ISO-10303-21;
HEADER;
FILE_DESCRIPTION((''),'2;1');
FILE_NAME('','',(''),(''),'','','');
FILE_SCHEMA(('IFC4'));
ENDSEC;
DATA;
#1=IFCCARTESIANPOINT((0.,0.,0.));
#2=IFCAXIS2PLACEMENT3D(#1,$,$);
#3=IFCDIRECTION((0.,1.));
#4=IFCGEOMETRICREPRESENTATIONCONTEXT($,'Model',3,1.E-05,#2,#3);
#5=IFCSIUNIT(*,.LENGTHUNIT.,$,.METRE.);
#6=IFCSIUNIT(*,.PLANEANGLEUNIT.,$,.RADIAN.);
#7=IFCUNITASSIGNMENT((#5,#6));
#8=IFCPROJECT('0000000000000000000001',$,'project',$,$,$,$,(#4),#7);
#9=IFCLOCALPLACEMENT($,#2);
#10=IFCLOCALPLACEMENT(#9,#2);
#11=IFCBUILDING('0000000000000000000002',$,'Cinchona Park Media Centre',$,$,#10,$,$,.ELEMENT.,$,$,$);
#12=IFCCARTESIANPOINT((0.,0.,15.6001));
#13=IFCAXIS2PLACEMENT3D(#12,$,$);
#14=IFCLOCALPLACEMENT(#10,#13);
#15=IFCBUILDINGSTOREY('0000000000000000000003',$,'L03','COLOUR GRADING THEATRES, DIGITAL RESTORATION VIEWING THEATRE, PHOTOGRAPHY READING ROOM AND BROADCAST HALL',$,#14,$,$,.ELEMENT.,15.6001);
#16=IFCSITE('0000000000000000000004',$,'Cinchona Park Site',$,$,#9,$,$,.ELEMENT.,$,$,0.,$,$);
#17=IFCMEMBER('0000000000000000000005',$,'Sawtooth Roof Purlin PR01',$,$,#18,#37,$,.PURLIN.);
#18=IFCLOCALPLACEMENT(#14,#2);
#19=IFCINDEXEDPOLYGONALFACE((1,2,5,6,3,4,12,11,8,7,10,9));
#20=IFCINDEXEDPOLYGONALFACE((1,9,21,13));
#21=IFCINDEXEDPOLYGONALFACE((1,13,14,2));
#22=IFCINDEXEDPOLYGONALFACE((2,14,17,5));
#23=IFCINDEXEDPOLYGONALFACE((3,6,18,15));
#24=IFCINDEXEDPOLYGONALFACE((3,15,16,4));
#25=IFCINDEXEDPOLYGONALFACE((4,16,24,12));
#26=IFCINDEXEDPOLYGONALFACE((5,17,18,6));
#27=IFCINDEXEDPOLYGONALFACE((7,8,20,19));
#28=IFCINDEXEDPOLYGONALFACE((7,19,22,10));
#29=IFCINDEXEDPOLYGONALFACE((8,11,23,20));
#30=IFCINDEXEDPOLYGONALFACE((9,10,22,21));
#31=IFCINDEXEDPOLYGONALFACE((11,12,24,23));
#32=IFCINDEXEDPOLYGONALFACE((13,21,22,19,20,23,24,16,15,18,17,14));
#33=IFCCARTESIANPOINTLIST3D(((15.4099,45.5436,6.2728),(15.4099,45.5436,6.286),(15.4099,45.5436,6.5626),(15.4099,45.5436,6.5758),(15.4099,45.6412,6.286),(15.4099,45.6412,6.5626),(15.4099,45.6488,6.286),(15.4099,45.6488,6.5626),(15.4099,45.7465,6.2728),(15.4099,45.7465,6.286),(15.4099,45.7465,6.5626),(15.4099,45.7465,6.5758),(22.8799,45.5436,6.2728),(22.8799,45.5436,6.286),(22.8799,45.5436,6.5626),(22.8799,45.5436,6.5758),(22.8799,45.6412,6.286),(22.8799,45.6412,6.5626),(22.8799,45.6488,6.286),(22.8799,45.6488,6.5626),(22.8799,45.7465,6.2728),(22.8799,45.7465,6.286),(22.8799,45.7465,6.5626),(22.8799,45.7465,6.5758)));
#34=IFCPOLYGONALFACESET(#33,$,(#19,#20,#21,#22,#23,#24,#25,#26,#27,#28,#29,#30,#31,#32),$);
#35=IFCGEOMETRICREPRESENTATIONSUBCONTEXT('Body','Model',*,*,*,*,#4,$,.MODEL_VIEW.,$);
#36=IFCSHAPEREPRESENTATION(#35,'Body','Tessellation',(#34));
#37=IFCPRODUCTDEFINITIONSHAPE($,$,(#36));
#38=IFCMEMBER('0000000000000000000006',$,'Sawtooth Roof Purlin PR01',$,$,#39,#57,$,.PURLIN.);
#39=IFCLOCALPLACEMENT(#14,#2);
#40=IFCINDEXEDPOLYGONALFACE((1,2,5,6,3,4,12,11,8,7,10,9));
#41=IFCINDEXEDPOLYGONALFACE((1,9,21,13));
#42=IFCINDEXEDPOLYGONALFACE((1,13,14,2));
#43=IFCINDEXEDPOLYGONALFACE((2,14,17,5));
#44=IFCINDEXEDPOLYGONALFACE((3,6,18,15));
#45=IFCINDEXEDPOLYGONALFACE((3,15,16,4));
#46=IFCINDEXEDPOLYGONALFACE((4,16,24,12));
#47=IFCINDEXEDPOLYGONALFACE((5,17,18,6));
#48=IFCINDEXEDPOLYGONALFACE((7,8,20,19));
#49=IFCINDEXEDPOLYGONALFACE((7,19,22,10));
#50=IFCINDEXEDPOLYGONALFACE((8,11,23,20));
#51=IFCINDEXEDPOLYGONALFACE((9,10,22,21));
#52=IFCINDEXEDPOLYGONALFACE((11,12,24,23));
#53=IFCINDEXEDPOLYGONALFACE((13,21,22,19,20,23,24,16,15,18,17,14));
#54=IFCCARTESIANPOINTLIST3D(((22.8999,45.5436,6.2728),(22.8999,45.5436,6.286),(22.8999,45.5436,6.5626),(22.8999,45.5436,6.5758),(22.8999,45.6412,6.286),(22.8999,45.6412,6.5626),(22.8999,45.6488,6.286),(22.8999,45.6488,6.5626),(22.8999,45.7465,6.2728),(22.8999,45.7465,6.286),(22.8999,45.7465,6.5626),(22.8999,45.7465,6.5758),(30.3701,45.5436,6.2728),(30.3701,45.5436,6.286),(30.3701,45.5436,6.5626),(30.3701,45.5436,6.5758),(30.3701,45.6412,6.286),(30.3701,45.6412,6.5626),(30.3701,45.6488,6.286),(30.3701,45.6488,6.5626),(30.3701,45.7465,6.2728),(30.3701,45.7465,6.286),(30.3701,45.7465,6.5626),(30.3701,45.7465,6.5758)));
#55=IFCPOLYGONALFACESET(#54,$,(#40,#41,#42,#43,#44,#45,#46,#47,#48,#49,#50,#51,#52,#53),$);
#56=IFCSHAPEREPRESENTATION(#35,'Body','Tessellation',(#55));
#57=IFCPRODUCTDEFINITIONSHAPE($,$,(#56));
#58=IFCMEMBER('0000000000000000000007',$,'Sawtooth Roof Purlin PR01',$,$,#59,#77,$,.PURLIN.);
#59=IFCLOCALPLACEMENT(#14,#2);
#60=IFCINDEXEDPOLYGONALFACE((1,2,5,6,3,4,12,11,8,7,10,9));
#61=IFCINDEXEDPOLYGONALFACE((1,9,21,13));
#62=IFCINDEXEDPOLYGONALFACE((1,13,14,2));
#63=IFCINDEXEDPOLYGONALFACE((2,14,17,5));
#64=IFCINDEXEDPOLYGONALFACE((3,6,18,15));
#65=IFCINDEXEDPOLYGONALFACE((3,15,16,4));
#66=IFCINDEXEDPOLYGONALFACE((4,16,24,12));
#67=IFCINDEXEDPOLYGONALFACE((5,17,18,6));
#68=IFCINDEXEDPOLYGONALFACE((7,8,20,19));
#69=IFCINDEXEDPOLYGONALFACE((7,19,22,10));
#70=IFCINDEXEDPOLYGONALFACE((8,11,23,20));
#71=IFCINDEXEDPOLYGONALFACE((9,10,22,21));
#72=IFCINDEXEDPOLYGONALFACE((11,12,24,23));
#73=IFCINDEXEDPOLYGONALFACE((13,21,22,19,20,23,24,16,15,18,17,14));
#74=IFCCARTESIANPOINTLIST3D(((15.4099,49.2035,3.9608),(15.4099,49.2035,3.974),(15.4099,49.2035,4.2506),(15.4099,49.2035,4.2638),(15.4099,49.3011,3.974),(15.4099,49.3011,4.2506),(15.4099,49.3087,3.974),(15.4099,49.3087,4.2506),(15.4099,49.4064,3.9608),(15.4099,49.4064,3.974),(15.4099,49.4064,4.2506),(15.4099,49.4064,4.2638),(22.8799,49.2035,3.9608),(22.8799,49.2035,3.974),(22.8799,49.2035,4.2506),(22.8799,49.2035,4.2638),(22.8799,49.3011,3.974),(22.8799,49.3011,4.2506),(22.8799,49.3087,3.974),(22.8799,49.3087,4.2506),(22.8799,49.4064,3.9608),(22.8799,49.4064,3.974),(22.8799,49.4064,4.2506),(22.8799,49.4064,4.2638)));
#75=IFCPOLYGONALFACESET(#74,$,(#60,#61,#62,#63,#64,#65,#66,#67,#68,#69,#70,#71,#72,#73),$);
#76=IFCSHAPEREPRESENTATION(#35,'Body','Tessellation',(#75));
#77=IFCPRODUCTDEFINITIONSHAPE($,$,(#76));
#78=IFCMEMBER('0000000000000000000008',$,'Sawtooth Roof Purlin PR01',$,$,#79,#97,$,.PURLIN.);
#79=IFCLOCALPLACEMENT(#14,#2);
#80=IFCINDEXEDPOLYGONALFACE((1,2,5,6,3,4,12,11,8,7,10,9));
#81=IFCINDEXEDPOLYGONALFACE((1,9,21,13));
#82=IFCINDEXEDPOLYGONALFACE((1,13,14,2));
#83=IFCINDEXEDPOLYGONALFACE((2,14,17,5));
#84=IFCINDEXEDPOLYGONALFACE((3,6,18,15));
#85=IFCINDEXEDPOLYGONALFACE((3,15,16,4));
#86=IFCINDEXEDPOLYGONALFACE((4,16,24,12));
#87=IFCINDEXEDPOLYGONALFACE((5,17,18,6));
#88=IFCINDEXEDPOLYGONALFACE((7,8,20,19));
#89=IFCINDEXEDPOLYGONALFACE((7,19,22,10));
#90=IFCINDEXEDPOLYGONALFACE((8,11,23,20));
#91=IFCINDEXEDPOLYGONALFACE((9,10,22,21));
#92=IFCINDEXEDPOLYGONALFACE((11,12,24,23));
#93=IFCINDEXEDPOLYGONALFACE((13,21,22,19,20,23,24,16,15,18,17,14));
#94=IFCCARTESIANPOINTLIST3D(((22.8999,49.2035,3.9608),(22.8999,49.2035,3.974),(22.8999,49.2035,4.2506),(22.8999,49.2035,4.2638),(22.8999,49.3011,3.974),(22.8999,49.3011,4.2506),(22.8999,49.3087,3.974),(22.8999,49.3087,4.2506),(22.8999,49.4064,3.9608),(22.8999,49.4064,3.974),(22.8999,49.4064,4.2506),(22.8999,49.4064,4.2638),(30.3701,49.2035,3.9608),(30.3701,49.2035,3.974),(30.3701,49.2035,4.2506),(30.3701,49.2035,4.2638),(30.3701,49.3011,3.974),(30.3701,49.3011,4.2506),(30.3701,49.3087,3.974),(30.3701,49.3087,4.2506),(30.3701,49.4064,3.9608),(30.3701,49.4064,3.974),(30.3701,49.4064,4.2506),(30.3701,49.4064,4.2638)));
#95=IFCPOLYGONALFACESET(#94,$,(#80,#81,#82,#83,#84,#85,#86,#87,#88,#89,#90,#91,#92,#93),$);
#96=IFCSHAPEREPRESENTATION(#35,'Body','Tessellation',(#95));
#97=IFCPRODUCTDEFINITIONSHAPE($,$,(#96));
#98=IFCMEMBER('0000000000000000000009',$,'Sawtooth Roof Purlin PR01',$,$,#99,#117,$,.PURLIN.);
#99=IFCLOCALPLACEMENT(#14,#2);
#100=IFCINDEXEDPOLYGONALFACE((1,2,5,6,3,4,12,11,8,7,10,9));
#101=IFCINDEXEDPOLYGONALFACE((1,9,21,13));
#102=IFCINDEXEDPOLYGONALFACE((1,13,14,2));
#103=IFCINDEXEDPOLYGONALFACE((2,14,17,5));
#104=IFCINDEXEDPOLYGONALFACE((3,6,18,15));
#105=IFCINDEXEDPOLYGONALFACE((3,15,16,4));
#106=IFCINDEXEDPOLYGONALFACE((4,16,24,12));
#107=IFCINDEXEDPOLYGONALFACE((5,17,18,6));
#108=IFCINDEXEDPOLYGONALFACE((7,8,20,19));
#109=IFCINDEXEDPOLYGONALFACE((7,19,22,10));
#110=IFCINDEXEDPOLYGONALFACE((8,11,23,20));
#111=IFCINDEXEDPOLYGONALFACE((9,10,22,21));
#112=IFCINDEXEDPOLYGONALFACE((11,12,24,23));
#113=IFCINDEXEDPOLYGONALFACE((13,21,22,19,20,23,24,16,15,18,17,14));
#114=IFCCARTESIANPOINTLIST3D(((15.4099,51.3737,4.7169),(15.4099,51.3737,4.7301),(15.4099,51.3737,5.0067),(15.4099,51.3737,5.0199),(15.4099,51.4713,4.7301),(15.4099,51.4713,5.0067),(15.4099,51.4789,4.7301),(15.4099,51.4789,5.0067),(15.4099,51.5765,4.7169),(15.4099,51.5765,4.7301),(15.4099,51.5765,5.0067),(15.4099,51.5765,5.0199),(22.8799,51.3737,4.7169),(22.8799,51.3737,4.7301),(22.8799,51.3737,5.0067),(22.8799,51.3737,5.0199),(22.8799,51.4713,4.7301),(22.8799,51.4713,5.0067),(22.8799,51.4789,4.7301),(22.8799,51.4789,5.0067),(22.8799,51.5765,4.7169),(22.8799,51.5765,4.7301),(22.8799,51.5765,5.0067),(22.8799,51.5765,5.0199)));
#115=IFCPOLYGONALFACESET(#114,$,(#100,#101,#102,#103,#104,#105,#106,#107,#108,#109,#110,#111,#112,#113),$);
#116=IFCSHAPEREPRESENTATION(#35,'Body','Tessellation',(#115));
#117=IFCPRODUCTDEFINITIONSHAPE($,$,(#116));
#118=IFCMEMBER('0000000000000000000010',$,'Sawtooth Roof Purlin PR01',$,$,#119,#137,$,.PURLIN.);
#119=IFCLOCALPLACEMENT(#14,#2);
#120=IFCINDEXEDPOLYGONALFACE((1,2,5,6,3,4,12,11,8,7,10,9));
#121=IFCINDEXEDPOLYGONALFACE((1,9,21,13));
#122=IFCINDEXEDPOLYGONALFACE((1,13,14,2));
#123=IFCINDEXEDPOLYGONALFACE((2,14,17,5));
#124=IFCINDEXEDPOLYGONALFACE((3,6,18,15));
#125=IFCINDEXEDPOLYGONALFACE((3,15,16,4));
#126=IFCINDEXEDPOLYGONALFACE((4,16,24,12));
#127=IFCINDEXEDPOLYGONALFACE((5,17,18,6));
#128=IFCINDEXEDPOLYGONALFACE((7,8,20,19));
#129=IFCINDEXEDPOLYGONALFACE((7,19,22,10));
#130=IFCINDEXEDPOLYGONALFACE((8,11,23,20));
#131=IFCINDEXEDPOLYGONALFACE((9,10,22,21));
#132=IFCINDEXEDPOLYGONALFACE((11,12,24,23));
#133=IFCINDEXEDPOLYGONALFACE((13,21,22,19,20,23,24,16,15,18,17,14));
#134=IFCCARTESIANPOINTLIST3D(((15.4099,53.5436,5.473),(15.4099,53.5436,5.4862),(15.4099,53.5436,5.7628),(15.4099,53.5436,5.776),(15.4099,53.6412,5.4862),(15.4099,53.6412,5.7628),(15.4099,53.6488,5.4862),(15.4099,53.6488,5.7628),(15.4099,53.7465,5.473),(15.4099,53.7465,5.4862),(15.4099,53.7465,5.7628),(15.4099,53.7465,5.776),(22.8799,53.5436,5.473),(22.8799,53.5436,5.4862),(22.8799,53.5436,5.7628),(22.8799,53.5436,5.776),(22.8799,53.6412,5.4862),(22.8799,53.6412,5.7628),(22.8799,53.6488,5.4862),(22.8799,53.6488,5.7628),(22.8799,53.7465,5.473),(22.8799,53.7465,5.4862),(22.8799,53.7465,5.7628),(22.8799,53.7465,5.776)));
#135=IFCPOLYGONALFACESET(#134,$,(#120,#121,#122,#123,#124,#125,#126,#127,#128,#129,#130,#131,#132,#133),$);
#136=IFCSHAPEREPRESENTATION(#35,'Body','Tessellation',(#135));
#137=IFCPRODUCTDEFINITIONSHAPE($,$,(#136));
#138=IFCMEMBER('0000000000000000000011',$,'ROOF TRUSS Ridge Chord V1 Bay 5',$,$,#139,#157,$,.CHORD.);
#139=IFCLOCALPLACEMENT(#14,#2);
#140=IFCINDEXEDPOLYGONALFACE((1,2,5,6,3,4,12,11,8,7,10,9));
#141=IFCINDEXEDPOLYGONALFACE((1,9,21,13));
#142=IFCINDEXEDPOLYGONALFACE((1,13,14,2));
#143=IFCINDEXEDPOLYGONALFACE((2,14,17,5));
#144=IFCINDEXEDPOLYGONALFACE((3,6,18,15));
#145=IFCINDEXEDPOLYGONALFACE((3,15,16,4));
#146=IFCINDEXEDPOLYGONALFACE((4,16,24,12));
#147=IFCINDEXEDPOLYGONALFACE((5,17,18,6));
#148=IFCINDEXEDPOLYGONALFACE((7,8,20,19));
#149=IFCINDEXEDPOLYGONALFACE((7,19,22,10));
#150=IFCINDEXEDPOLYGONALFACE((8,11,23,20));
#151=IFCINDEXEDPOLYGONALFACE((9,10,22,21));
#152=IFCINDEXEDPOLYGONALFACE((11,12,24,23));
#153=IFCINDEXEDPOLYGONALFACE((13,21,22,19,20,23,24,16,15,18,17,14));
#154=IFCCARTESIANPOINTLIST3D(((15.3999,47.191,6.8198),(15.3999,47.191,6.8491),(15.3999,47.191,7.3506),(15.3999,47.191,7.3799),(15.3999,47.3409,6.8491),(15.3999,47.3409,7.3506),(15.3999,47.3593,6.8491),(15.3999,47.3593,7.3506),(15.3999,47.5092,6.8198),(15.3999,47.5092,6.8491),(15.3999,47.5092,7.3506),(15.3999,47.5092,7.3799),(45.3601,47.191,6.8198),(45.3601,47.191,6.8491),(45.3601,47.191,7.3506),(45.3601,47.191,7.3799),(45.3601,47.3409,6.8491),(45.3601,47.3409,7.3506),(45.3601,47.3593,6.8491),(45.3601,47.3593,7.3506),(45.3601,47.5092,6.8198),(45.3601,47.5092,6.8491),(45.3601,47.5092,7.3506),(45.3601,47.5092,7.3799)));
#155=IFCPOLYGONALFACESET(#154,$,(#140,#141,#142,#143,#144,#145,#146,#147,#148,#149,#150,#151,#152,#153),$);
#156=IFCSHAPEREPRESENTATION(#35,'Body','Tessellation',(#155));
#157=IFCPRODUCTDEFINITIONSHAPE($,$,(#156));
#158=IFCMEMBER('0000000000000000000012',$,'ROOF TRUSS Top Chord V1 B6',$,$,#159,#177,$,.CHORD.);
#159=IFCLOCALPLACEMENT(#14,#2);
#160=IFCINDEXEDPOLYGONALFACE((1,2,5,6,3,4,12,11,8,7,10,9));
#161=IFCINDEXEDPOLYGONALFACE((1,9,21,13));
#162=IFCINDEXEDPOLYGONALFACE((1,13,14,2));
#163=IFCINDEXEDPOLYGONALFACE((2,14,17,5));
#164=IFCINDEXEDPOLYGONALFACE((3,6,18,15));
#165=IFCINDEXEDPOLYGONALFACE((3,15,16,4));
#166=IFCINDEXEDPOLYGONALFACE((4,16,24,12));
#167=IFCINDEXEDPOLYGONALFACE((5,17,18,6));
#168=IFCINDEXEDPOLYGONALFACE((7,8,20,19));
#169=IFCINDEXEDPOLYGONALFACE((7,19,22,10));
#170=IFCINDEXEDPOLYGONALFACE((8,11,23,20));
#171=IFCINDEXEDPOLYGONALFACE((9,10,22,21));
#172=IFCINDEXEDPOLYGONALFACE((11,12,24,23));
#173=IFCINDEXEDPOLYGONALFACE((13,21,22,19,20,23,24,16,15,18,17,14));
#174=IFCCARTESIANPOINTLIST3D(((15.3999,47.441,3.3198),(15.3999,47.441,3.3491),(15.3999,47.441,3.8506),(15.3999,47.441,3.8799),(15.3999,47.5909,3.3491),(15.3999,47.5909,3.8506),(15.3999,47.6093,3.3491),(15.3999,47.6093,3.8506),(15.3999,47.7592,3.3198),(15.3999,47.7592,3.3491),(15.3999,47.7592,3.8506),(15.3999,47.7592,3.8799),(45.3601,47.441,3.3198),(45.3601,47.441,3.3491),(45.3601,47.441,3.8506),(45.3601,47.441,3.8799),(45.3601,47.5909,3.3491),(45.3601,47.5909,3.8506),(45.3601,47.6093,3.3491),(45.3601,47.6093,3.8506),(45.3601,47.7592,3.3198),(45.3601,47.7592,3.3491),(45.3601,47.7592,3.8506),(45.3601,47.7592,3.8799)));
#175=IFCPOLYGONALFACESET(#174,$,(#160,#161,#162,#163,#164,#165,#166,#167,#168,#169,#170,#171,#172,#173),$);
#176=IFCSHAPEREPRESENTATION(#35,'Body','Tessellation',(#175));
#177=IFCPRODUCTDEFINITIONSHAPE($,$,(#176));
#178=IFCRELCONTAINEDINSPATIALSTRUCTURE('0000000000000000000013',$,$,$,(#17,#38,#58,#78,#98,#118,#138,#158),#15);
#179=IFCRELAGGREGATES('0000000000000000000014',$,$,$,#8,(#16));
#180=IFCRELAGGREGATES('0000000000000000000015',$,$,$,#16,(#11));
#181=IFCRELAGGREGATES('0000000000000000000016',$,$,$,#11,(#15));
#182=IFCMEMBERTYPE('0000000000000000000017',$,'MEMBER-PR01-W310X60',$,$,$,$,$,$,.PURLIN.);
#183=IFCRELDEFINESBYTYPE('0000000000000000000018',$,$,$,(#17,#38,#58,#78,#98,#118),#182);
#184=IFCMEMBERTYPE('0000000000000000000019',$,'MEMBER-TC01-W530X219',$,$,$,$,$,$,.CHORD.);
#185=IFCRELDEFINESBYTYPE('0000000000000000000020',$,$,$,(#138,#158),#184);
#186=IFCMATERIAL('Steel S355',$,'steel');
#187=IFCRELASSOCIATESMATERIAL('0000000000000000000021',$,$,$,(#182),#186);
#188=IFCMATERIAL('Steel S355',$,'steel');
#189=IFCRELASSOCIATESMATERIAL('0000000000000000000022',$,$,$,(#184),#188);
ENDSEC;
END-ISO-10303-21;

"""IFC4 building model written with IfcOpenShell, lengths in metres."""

from ifc_helpers import new_model, si_unit, direction, frame, origin, origin_2d, place, context, subcontext, project, spatial, i_section, extrude, material, material_profile, profile_set, type_object, element, save


model = new_model("IFC4")

# Units and contexts
model_context = context("Model", 3, precision=1e-05, world=origin(), true_north=direction((0.0, 1.0)))
body_context = subcontext(model_context, "Body", "Model", "MODEL_VIEW")
ifc_project = project(units=[si_unit("LENGTHUNIT", "METRE"), si_unit("PLANEANGLEUNIT", "RADIAN")], contexts=[model_context])

# Site, building, storey
site_placement = place(None, origin())
site = spatial("IfcSite", under=ifc_project, at=site_placement, Name="Cinchona Park Site", CompositionType="ELEMENT", RefElevation=0.0)
building_placement = place(site_placement, origin())
building = spatial("IfcBuilding", under=site, at=building_placement, Name="Cinchona Park Media Centre", CompositionType="ELEMENT")
storey_placement = place(building_placement, frame((0.0, 0.0, 15.6001)))
storey = spatial("IfcBuildingStorey", under=building, at=storey_placement, Name="L03", Description="COLOUR GRADING THEATRES, DIGITAL RESTORATION VIEWING THEATRE, PHOTOGRAPHY READING ROOM AND BROADCAST HALL", CompositionType="ELEMENT", Elevation=15.6001)

# Members
ifc_material_1 = material(Name="Steel S355", Category="steel")
ifc_material_profile_1 = material_profile(ifc_material_1, i_section(OverallWidth=0.2029, OverallDepth=0.303, WebThickness=0.0076, FlangeThickness=0.0132, at=origin_2d()), Name="W310X60")
ifc_profile_set_1 = profile_set([ifc_material_profile_1], Name="Steel S355")
member_type_1 = type_object("IfcMemberType", Name="MEMBER-PR01-W310X60", PredefinedType="PURLIN", material=ifc_profile_set_1)
member_1_placement = place(storey_placement, frame((15.4099, 45.645, 6.4243), z_axis=(1.0, 0.0, 0.0), x_axis=(0.0, 1.0, 0.0)))
element("IfcMember", 1, at=member_1_placement, inside=storey, type_object=member_type_1, Name="Sawtooth Roof Purlin PR01", PredefinedType="PURLIN", context=body_context, shape_type="SweptSolid", body=[
    extrude(i_section(OverallWidth=0.2029, OverallDepth=0.303, WebThickness=0.0076, FlangeThickness=0.0132, at=origin_2d()), origin(), (0.0, 0.0, 1.0), 7.47),
])
member_2_placement = place(storey_placement, frame((22.8999, 45.645, 6.4243), z_axis=(1.0, 0.0, 0.0), x_axis=(0.0, 1.0, 0.0)))
element("IfcMember", 2, at=member_2_placement, inside=storey, type_object=member_type_1, Name="Sawtooth Roof Purlin PR01", PredefinedType="PURLIN", context=body_context, shape_type="SweptSolid", body=[
    extrude(i_section(OverallWidth=0.2029, OverallDepth=0.303, WebThickness=0.0076, FlangeThickness=0.0132, at=origin_2d()), origin(), (0.0, 0.0, 1.0), 7.4702),
])
member_3_placement = place(storey_placement, frame((15.4099, 49.3049, 4.1123), z_axis=(1.0, 0.0, 0.0), x_axis=(0.0, 1.0, 0.0)))
element("IfcMember", 3, at=member_3_placement, inside=storey, type_object=member_type_1, Name="Sawtooth Roof Purlin PR01", PredefinedType="PURLIN", context=body_context, shape_type="SweptSolid", body=[
    extrude(i_section(OverallWidth=0.2029, OverallDepth=0.303, WebThickness=0.0076, FlangeThickness=0.0132, at=origin_2d()), origin(), (0.0, 0.0, 1.0), 7.47),
])
member_4_placement = place(storey_placement, frame((22.8999, 49.3049, 4.1123), z_axis=(1.0, 0.0, 0.0), x_axis=(0.0, 1.0, 0.0)))
element("IfcMember", 4, at=member_4_placement, inside=storey, type_object=member_type_1, Name="Sawtooth Roof Purlin PR01", PredefinedType="PURLIN", context=body_context, shape_type="SweptSolid", body=[
    extrude(i_section(OverallWidth=0.2029, OverallDepth=0.303, WebThickness=0.0076, FlangeThickness=0.0132, at=origin_2d()), origin(), (0.0, 0.0, 1.0), 7.4702),
])
for number, where, z_axis, x_axis, name in (
    (5, (15.4099, 51.4751, 4.8684), (1.0, 0.0, 0.0), (0.0, 1.0, 0.0), "Sawtooth Roof Purlin PR01"),
    (6, (15.4099, 53.645, 5.6245), (1.0, 0.0, 0.0), (0.0, 1.0, 0.0), "Sawtooth Roof Purlin PR01"),
):
    element("IfcMember", number, at=place(storey_placement, frame(where, z_axis=z_axis, x_axis=x_axis)), inside=storey, type_object=member_type_1, Name=name, PredefinedType="PURLIN", context=body_context, shape_type="SweptSolid", body=[
        extrude(i_section(OverallWidth=0.2029, OverallDepth=0.303, WebThickness=0.0076, FlangeThickness=0.0132, at=origin_2d()), origin(), (0.0, 0.0, 1.0), 7.47),
    ])
ifc_material_2 = material(Name="Steel S355", Category="steel")
ifc_material_profile_2 = material_profile(ifc_material_2, i_section(OverallWidth=0.3181, OverallDepth=0.5601, WebThickness=0.0183, FlangeThickness=0.0293, at=origin_2d()), Name="W530X219")
ifc_profile_set_2 = profile_set([ifc_material_profile_2], Name="Steel S355")
member_type_2 = type_object("IfcMemberType", Name="MEMBER-TC01-W530X219", PredefinedType="CHORD", material=ifc_profile_set_2)
for number, where, z_axis, x_axis, name in (
    (7, (15.3999, 47.3501, 7.0999), (1.0, 0.0, 0.0), (0.0, 1.0, 0.0), "ROOF TRUSS Ridge Chord V1 Bay 5"),
    (8, (15.3999, 47.6001, 3.5999), (1.0, 0.0, 0.0), (0.0, 1.0, 0.0), "ROOF TRUSS Top Chord V1 B6"),
):
    element("IfcMember", number, at=place(storey_placement, frame(where, z_axis=z_axis, x_axis=x_axis)), inside=storey, type_object=member_type_2, Name=name, PredefinedType="CHORD", context=body_context, shape_type="SweptSolid", body=[
        extrude(i_section(OverallWidth=0.3181, OverallDepth=0.5601, WebThickness=0.0183, FlangeThickness=0.0293, at=origin_2d()), origin(), (0.0, 0.0, 1.0), 29.9602),
    ])

save(model, "model.ifc")
